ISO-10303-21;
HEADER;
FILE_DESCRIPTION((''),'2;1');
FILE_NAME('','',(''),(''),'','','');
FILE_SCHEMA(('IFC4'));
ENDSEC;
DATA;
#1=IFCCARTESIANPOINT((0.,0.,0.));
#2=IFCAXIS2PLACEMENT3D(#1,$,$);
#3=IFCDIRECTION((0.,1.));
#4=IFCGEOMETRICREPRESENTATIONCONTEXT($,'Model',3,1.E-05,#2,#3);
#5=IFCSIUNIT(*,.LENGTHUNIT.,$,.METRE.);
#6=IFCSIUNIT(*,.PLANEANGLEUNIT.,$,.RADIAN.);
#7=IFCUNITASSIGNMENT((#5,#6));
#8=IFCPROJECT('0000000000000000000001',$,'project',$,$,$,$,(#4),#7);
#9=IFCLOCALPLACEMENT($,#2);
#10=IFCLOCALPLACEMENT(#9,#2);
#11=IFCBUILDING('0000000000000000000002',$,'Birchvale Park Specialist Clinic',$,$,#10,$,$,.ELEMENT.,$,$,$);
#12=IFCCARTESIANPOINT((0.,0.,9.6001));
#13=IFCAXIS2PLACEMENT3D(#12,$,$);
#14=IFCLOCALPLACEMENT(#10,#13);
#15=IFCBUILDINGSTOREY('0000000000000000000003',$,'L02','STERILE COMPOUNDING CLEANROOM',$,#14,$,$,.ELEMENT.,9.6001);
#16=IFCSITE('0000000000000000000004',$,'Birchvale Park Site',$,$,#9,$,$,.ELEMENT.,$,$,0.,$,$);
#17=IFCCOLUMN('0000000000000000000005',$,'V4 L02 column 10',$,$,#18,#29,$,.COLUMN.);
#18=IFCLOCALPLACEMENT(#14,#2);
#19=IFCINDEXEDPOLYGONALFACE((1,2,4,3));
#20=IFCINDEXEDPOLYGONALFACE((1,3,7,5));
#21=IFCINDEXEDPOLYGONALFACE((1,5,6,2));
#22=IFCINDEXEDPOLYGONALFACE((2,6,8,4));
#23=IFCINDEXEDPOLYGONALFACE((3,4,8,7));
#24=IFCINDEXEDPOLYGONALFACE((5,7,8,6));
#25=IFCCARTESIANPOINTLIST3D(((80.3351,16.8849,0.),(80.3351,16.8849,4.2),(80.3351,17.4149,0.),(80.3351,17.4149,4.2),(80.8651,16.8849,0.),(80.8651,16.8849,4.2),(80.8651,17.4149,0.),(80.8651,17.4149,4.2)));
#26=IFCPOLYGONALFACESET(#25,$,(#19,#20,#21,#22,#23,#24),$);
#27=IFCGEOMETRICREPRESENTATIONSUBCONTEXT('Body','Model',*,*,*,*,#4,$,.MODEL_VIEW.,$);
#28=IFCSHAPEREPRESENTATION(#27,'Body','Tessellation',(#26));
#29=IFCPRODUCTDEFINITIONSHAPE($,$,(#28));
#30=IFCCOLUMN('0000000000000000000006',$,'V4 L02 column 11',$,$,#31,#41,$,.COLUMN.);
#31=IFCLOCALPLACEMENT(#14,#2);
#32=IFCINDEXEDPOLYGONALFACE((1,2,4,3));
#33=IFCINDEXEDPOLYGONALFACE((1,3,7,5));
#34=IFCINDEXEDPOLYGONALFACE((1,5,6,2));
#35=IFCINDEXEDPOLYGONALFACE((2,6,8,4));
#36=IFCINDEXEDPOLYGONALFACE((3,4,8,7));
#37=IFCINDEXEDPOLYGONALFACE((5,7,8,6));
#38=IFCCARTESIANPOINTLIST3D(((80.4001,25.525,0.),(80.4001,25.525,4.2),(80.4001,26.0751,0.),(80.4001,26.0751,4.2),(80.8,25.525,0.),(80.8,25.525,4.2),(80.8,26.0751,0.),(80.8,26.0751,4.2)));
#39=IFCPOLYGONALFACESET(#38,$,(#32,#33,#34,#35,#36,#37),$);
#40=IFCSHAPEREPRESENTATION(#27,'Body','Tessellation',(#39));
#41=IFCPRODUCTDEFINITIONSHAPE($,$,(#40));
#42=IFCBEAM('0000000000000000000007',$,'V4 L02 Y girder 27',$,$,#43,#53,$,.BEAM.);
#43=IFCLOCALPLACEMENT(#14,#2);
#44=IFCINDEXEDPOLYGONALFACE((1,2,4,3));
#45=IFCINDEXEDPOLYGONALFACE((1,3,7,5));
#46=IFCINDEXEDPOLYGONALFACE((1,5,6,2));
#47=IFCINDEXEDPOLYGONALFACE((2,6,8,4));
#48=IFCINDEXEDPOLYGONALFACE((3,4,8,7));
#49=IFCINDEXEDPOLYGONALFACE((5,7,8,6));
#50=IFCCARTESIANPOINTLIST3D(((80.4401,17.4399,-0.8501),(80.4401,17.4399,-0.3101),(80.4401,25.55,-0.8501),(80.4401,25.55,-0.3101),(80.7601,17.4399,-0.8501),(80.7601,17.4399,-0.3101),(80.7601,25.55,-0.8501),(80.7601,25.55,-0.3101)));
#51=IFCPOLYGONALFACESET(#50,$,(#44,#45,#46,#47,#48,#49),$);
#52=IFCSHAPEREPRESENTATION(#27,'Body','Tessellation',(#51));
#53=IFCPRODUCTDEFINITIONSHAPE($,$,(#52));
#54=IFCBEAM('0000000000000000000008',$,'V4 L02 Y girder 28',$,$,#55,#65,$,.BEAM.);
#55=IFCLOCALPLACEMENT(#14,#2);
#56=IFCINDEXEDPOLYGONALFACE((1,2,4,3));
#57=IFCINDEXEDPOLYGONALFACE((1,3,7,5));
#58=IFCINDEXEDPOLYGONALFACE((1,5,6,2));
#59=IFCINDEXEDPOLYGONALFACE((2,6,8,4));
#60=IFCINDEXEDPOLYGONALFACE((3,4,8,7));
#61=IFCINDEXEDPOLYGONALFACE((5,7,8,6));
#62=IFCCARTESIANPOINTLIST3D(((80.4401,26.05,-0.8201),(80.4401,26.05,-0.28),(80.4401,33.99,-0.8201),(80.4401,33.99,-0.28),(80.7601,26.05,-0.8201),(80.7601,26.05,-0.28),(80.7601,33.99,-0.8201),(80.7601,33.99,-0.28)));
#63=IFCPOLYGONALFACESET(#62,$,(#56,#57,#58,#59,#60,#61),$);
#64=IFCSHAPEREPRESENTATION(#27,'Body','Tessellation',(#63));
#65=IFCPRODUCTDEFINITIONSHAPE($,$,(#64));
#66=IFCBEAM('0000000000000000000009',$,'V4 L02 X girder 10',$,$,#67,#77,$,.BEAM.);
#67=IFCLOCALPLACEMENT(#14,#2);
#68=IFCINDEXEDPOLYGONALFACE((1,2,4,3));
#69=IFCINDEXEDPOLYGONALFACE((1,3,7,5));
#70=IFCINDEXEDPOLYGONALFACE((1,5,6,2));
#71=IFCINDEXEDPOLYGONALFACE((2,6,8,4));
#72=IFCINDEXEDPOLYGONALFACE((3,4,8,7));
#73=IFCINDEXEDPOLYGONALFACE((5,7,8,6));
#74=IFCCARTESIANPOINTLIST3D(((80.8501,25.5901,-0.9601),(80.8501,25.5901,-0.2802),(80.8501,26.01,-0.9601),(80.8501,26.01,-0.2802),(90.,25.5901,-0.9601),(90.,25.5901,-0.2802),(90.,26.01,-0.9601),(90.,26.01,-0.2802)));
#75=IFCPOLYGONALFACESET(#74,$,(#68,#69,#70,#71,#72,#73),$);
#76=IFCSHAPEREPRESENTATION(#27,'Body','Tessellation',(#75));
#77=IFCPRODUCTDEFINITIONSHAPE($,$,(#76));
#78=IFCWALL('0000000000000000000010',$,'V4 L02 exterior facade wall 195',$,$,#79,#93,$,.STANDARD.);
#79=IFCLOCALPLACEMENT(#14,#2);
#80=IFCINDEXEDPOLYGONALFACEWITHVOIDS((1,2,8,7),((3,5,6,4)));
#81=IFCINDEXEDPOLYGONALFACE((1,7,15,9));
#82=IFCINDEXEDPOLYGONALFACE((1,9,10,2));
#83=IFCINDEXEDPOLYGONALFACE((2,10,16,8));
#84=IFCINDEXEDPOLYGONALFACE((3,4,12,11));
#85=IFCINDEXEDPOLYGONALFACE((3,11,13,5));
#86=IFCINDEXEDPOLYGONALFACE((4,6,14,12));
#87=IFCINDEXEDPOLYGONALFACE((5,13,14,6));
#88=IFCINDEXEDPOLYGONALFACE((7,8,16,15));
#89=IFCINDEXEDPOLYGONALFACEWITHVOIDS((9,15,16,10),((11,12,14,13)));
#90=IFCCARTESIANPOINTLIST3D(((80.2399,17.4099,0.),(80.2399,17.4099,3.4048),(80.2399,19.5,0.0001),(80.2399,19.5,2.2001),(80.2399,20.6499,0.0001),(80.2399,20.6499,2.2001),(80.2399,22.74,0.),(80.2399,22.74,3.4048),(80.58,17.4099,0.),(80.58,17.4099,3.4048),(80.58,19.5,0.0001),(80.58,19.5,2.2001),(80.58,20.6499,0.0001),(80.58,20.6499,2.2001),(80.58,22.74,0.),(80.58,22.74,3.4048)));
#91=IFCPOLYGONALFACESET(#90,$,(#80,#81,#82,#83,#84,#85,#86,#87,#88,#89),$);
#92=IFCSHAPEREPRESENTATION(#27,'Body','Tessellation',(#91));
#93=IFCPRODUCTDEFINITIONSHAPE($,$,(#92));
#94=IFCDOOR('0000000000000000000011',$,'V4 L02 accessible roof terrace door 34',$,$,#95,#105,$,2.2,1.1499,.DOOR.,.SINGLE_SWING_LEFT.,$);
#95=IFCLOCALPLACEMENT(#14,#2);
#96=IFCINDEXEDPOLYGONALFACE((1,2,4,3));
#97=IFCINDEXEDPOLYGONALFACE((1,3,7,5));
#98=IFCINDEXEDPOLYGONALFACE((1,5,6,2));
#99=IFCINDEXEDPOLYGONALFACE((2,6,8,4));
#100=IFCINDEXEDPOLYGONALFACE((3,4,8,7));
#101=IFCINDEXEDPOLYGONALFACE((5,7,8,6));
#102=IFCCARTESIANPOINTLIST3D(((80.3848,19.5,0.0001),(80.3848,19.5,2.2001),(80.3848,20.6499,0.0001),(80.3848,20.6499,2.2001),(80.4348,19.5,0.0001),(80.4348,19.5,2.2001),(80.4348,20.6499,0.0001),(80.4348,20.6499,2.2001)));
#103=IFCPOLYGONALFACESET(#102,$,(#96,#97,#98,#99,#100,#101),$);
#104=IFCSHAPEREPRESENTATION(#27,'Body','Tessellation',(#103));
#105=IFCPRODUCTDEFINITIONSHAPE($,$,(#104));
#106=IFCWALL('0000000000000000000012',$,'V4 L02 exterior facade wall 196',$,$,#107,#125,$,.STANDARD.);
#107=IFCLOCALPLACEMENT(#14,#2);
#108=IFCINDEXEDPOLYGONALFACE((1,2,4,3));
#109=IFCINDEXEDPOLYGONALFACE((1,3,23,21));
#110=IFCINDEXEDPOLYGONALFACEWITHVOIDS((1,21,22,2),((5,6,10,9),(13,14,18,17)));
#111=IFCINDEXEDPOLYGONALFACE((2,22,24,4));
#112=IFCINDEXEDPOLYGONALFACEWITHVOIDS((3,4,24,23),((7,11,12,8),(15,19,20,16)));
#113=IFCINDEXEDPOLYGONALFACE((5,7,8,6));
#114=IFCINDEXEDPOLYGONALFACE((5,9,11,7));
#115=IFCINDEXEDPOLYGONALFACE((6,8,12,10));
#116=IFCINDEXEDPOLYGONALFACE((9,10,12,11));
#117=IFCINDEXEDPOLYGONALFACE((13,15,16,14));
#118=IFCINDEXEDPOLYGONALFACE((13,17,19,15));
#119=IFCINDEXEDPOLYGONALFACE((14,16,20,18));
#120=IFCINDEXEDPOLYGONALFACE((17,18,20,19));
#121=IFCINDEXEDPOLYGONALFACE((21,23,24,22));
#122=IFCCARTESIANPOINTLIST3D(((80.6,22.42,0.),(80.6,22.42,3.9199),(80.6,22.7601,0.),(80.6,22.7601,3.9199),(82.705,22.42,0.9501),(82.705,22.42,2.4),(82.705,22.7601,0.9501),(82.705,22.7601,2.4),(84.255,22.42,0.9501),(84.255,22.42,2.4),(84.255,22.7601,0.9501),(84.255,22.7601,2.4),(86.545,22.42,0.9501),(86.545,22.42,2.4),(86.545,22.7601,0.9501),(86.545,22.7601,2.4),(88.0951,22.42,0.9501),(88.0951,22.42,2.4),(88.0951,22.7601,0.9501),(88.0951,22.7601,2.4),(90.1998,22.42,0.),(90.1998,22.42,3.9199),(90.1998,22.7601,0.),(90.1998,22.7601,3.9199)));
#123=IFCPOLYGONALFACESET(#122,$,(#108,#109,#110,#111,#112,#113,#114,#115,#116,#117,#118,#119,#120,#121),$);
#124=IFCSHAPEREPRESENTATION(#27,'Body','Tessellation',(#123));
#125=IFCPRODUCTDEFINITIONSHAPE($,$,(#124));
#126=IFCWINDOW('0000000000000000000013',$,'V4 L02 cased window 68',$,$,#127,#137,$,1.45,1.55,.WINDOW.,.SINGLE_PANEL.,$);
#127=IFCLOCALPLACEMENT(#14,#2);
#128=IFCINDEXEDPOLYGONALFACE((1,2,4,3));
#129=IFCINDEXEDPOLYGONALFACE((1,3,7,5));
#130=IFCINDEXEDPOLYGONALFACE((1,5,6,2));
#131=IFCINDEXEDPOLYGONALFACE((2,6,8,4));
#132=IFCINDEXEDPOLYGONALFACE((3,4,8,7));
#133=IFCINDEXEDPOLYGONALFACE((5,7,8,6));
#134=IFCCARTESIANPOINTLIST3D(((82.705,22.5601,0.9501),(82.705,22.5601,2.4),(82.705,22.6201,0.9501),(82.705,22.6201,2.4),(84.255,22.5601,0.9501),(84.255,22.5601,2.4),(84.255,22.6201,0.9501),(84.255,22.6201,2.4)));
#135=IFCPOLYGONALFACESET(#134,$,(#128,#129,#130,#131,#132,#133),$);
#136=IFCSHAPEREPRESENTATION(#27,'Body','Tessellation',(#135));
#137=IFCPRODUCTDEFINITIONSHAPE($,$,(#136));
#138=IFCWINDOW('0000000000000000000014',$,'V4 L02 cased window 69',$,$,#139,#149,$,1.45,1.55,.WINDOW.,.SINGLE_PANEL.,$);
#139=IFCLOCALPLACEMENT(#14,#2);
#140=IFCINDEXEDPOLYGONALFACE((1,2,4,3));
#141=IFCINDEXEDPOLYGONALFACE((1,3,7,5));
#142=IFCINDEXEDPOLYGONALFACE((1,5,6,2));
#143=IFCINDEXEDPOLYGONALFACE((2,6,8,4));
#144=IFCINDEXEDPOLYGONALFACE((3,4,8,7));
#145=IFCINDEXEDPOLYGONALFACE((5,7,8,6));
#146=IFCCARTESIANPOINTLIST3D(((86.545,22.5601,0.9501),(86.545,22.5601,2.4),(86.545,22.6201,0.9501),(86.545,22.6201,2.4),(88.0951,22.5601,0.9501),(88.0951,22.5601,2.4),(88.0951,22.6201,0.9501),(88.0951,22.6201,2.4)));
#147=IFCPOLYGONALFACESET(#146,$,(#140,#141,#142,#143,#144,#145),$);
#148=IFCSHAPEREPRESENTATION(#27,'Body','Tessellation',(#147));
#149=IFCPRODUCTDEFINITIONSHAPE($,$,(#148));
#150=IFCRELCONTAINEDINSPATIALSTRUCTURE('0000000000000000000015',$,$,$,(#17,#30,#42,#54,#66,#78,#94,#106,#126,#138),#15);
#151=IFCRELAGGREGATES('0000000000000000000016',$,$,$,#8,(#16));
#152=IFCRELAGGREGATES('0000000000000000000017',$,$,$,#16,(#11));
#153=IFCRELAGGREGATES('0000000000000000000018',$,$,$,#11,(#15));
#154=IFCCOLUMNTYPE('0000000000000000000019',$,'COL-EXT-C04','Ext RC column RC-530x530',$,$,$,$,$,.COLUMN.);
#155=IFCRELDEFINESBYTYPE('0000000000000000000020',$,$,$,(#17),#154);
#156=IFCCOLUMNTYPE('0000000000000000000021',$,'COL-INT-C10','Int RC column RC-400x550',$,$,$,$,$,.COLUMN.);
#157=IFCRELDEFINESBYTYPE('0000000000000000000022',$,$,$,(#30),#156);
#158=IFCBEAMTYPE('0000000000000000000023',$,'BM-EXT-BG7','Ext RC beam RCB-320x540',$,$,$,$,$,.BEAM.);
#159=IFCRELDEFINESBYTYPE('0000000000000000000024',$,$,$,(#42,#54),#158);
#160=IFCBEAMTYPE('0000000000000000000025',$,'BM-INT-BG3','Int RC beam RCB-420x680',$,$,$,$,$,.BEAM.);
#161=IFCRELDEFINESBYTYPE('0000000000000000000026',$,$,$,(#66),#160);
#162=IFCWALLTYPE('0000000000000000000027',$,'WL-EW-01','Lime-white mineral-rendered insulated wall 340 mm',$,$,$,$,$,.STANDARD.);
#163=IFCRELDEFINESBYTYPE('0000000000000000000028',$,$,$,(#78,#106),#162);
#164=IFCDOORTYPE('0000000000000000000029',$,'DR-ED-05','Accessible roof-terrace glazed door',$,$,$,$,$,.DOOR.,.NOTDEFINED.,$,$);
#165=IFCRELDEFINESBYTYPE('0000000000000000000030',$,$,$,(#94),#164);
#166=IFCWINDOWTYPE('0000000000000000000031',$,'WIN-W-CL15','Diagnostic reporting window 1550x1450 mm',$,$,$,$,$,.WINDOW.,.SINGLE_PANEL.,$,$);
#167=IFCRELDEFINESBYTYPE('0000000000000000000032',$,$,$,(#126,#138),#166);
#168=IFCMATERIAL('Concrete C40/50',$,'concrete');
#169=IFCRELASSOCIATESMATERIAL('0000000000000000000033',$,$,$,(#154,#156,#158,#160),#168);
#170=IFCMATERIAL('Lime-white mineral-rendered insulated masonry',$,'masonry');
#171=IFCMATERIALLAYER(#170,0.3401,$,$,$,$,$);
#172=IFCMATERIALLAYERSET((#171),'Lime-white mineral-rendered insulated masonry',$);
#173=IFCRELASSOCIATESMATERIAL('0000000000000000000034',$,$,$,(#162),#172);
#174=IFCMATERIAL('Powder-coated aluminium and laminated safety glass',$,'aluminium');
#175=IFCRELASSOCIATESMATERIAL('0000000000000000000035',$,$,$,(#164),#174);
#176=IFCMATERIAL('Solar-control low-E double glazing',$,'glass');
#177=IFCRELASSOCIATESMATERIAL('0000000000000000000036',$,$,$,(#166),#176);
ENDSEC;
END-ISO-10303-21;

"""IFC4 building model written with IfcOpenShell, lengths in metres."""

from ifc_helpers import new_model, si_unit, direction, frame, frame_2d, origin, origin_2d, place, context, subcontext, project, spatial, rectangle, extrude, material, layer, layer_set, material_profile, profile_set, type_object, element, fill, save


model = new_model("IFC4")

# Units and contexts
model_context = context("Model", 3, precision=1e-05, world=origin(), true_north=direction((0.0, 1.0)))
body_context = subcontext(model_context, "Body", "Model", "MODEL_VIEW")
ifc_project = project(units=[si_unit("LENGTHUNIT", "METRE"), si_unit("PLANEANGLEUNIT", "RADIAN")], contexts=[model_context])

# Site, building, storey
site_placement = place(None, origin())
site = spatial("IfcSite", under=ifc_project, at=site_placement, Name="Birchvale Park Site", CompositionType="ELEMENT", RefElevation=0.0)
building_placement = place(site_placement, origin())
building = spatial("IfcBuilding", under=site, at=building_placement, Name="Birchvale Park Specialist Clinic", CompositionType="ELEMENT")
storey_placement = place(building_placement, frame((0.0, 0.0, 9.6001)))
storey = spatial("IfcBuildingStorey", under=building, at=storey_placement, Name="L02", Description="STERILE COMPOUNDING CLEANROOM", CompositionType="ELEMENT", Elevation=9.6001)

# Columns
ifc_material_1 = material(Name="Concrete C40/50", Category="concrete")
ifc_material_profile_1 = material_profile(ifc_material_1, rectangle(XDim=0.53, YDim=0.53, at=origin_2d()), Name="RC-530x530")
ifc_profile_set_1 = profile_set([ifc_material_profile_1], Name="Concrete C40/50")
column_type_1 = type_object("IfcColumnType", Name="COL-EXT-C04", Description="Ext RC column RC-530x530", PredefinedType="COLUMN", material=ifc_profile_set_1)
column_1_placement = place(storey_placement, frame((80.6001, 17.1499, 0.0), z_axis=(0.0, 0.0, 1.0), x_axis=(1.0, 0.0, 0.0)))
element("IfcColumn", 1, at=column_1_placement, inside=storey, type_object=column_type_1, Name="V4 L02 column 10", PredefinedType="COLUMN", context=body_context, shape_type="SweptSolid", body=[
    extrude(rectangle(XDim=0.53, YDim=0.53, at=origin_2d()), origin(), (0.0, 0.0, 1.0), 4.2),
])
ifc_material_profile_2 = material_profile(ifc_material_1, rectangle(XDim=0.3999, YDim=0.55, at=origin_2d()), Name="RC-400x550")
ifc_profile_set_2 = profile_set([ifc_material_profile_2], Name="Concrete C40/50")
column_type_2 = type_object("IfcColumnType", Name="COL-INT-C10", Description="Int RC column RC-400x550", PredefinedType="COLUMN", material=ifc_profile_set_2)
column_2_placement = place(storey_placement, frame((80.6001, 25.8, 0.0), z_axis=(0.0, 0.0, 1.0), x_axis=(1.0, 0.0, 0.0)))
element("IfcColumn", 2, at=column_2_placement, inside=storey, type_object=column_type_2, Name="V4 L02 column 11", PredefinedType="COLUMN", context=body_context, shape_type="SweptSolid", body=[
    extrude(rectangle(XDim=0.3999, YDim=0.55, at=origin_2d()), origin(), (0.0, 0.0, 1.0), 4.2),
])

# Beams
ifc_material_profile_3 = material_profile(ifc_material_1, rectangle(XDim=0.3201, YDim=0.54, at=origin_2d()), Name="RCB-320x540")
ifc_profile_set_3 = profile_set([ifc_material_profile_3], Name="Concrete C40/50")
beam_type_1 = type_object("IfcBeamType", Name="BM-EXT-BG7", Description="Ext RC beam RCB-320x540", PredefinedType="BEAM", material=ifc_profile_set_3)
beam_1_placement = place(storey_placement, frame((80.6001, 17.4399, -0.5801), z_axis=(0.0, 1.0, 0.0), x_axis=(-1.0, 0.0, 0.0)))
element("IfcBeam", 3, at=beam_1_placement, inside=storey, type_object=beam_type_1, Name="V4 L02 Y girder 27", PredefinedType="BEAM", context=body_context, shape_type="SweptSolid", body=[
    extrude(rectangle(XDim=0.3201, YDim=0.54, at=origin_2d()), origin(), (0.0, 0.0, 1.0), 8.1101),
])
beam_2_placement = place(storey_placement, frame((80.6001, 26.05, -0.55), z_axis=(0.0, 1.0, 0.0), x_axis=(-1.0, 0.0, 0.0)))
element("IfcBeam", 4, at=beam_2_placement, inside=storey, type_object=beam_type_1, Name="V4 L02 Y girder 28", PredefinedType="BEAM", context=body_context, shape_type="SweptSolid", body=[
    extrude(rectangle(XDim=0.3201, YDim=0.54, at=origin_2d()), origin(), (0.0, 0.0, 1.0), 7.9399),
])
ifc_material_profile_4 = material_profile(ifc_material_1, rectangle(XDim=0.4199, YDim=0.6799, at=origin_2d()), Name="RCB-420x680")
ifc_profile_set_4 = profile_set([ifc_material_profile_4], Name="Concrete C40/50")
beam_type_2 = type_object("IfcBeamType", Name="BM-INT-BG3", Description="Int RC beam RCB-420x680", PredefinedType="BEAM", material=ifc_profile_set_4)
beam_3_placement = place(storey_placement, frame((80.8501, 25.8, -0.6201), z_axis=(1.0, 0.0, 0.0), x_axis=(0.0, 1.0, 0.0)))
element("IfcBeam", 5, at=beam_3_placement, inside=storey, type_object=beam_type_2, Name="V4 L02 X girder 10", PredefinedType="BEAM", context=body_context, shape_type="SweptSolid", body=[
    extrude(rectangle(XDim=0.4199, YDim=0.6799, at=origin_2d()), origin(), (0.0, 0.0, 1.0), 9.1499),
])

# Wall, opening, door
ifc_material_2 = material(Name="Lime-white mineral-rendered insulated masonry", Category="masonry")
ifc_layer_1 = layer(ifc_material_2, 0.3401)
ifc_layer_set_1 = layer_set([ifc_layer_1], Name="Lime-white mineral-rendered insulated masonry")
wall_type_1 = type_object("IfcWallType", Name="WL-EW-01", Description="Lime-white mineral-rendered insulated wall 340 mm", PredefinedType="STANDARD", material=ifc_layer_set_1)
wall_1_placement = place(storey_placement, frame((80.4099, 17.4099, 0.0), z_axis=(0.0, 0.0, 1.0), x_axis=(0.0, 1.0, 0.0)))
wall_1 = element("IfcWall", 6, at=wall_1_placement, inside=storey, type_object=wall_type_1, Name="V4 L02 exterior facade wall 195", PredefinedType="STANDARD", context=body_context, shape_type="SweptSolid", body=[
    extrude(rectangle(XDim=5.3301, YDim=0.3401, at=frame_2d((2.665, 0.0))), origin(), (0.0, 0.0, 1.0), 3.4048),
])
opening_1_placement = place(wall_1_placement, frame((2.0901, 0.0, 0.0)))
opening_1 = element("IfcOpeningElement", 7, at=opening_1_placement, cuts=wall_1, PredefinedType="OPENING", context=body_context, shape_type="SweptSolid", body=[
    extrude(rectangle(XDim=1.1499, YDim=2.2, at=frame_2d((0.575, 1.1001))), frame((0.0, 0.1802, 0.0), z_axis=(0.0, -1.0, 0.0), x_axis=(1.0, 0.0, 0.0)), (0.0, 0.0, 1.0), 0.3601),
])
ifc_material_3 = material(Name="Powder-coated aluminium and laminated safety glass", Category="aluminium")
door_type_1 = type_object("IfcDoorType", Name="DR-ED-05", Description="Accessible roof-terrace glazed door", OperationType="NOTDEFINED", PredefinedType="DOOR", material=ifc_material_3)
door_1_placement = place(opening_1_placement, frame((1.1499, 0.0, 0.0), z_axis=(0.0, 0.0, 1.0), x_axis=(-1.0, 0.0, 0.0)))
door_1 = element("IfcDoor", 8, at=door_1_placement, inside=storey, type_object=door_type_1, Name="V4 L02 accessible roof terrace door 34", OperationType="SINGLE_SWING_LEFT", OverallHeight=2.2, OverallWidth=1.1499, PredefinedType="DOOR", context=body_context, shape_type="SweptSolid", body=[
    extrude(rectangle(XDim=1.1499, YDim=2.2, at=frame_2d((0.575, 1.1001))), frame((0.0, 0.0249, 0.0), z_axis=(0.0, -1.0, 0.0), x_axis=(1.0, 0.0, 0.0)), (0.0, 0.0, 1.0), 0.05),
])
fill(opening_1, door_1)

# Wall, openings, windows
wall_2_placement = place(storey_placement, frame((80.6001, 22.5901, 0.0), z_axis=(0.0, 0.0, 1.0), x_axis=(1.0, 0.0, 0.0)))
wall_2 = element("IfcWall", 9, at=wall_2_placement, inside=storey, type_object=wall_type_1, Name="V4 L02 exterior facade wall 196", PredefinedType="STANDARD", context=body_context, shape_type="SweptSolid", body=[
    extrude(rectangle(XDim=9.5999, YDim=0.3401, at=frame_2d((4.7998, 0.0))), origin(), (0.0, 0.0, 1.0), 3.9199),
])
opening_2_placement = place(wall_2_placement, frame((2.105, 0.0, 0.95)))
opening_2 = element("IfcOpeningElement", 10, at=opening_2_placement, cuts=wall_2, PredefinedType="OPENING", context=body_context, shape_type="SweptSolid", body=[
    extrude(rectangle(XDim=1.55, YDim=1.45, at=frame_2d((0.7749, 0.7251))), frame((0.0, 0.1802, 0.0), z_axis=(0.0, -1.0, 0.0), x_axis=(1.0, 0.0, 0.0)), (0.0, 0.0, 1.0), 0.3601),
])
opening_3_placement = place(wall_2_placement, frame((5.9451, 0.0, 0.95)))
opening_3 = element("IfcOpeningElement", 11, at=opening_3_placement, cuts=wall_2, PredefinedType="OPENING", context=body_context, shape_type="SweptSolid", body=[
    extrude(rectangle(XDim=1.55, YDim=1.45, at=frame_2d((0.7749, 0.7251))), frame((0.0, 0.1802, 0.0), z_axis=(0.0, -1.0, 0.0), x_axis=(1.0, 0.0, 0.0)), (0.0, 0.0, 1.0), 0.3601),
])
ifc_material_4 = material(Name="Solar-control low-E double glazing", Category="glass")
window_type = type_object("IfcWindowType", Name="WIN-W-CL15", Description="Diagnostic reporting window 1550x1450 mm", PartitioningType="SINGLE_PANEL", PredefinedType="WINDOW", material=ifc_material_4)
window_1_placement = place(opening_2_placement, origin())
window_1 = element("IfcWindow", 12, at=window_1_placement, inside=storey, type_object=window_type, Name="V4 L02 cased window 68", OverallHeight=1.45, OverallWidth=1.55, PartitioningType="SINGLE_PANEL", PredefinedType="WINDOW", context=body_context, shape_type="SweptSolid", body=[
    extrude(rectangle(XDim=1.55, YDim=1.45, at=frame_2d((0.7749, 0.7251))), frame((0.0, 0.03, 0.0), z_axis=(0.0, -1.0, 0.0), x_axis=(1.0, 0.0, 0.0)), (0.0, 0.0, 1.0), 0.0601),
])
fill(opening_2, window_1)
window_2_placement = place(opening_3_placement, origin())
window_2 = element("IfcWindow", 13, at=window_2_placement, inside=storey, type_object=window_type, Name="V4 L02 cased window 69", OverallHeight=1.45, OverallWidth=1.55, PartitioningType="SINGLE_PANEL", PredefinedType="WINDOW", context=body_context, shape_type="SweptSolid", body=[
    extrude(rectangle(XDim=1.55, YDim=1.45, at=frame_2d((0.7749, 0.7251))), frame((0.0, 0.03, 0.0), z_axis=(0.0, -1.0, 0.0), x_axis=(1.0, 0.0, 0.0)), (0.0, 0.0, 1.0), 0.0601),
])
fill(opening_3, window_2)

save(model, "model.ifc")
